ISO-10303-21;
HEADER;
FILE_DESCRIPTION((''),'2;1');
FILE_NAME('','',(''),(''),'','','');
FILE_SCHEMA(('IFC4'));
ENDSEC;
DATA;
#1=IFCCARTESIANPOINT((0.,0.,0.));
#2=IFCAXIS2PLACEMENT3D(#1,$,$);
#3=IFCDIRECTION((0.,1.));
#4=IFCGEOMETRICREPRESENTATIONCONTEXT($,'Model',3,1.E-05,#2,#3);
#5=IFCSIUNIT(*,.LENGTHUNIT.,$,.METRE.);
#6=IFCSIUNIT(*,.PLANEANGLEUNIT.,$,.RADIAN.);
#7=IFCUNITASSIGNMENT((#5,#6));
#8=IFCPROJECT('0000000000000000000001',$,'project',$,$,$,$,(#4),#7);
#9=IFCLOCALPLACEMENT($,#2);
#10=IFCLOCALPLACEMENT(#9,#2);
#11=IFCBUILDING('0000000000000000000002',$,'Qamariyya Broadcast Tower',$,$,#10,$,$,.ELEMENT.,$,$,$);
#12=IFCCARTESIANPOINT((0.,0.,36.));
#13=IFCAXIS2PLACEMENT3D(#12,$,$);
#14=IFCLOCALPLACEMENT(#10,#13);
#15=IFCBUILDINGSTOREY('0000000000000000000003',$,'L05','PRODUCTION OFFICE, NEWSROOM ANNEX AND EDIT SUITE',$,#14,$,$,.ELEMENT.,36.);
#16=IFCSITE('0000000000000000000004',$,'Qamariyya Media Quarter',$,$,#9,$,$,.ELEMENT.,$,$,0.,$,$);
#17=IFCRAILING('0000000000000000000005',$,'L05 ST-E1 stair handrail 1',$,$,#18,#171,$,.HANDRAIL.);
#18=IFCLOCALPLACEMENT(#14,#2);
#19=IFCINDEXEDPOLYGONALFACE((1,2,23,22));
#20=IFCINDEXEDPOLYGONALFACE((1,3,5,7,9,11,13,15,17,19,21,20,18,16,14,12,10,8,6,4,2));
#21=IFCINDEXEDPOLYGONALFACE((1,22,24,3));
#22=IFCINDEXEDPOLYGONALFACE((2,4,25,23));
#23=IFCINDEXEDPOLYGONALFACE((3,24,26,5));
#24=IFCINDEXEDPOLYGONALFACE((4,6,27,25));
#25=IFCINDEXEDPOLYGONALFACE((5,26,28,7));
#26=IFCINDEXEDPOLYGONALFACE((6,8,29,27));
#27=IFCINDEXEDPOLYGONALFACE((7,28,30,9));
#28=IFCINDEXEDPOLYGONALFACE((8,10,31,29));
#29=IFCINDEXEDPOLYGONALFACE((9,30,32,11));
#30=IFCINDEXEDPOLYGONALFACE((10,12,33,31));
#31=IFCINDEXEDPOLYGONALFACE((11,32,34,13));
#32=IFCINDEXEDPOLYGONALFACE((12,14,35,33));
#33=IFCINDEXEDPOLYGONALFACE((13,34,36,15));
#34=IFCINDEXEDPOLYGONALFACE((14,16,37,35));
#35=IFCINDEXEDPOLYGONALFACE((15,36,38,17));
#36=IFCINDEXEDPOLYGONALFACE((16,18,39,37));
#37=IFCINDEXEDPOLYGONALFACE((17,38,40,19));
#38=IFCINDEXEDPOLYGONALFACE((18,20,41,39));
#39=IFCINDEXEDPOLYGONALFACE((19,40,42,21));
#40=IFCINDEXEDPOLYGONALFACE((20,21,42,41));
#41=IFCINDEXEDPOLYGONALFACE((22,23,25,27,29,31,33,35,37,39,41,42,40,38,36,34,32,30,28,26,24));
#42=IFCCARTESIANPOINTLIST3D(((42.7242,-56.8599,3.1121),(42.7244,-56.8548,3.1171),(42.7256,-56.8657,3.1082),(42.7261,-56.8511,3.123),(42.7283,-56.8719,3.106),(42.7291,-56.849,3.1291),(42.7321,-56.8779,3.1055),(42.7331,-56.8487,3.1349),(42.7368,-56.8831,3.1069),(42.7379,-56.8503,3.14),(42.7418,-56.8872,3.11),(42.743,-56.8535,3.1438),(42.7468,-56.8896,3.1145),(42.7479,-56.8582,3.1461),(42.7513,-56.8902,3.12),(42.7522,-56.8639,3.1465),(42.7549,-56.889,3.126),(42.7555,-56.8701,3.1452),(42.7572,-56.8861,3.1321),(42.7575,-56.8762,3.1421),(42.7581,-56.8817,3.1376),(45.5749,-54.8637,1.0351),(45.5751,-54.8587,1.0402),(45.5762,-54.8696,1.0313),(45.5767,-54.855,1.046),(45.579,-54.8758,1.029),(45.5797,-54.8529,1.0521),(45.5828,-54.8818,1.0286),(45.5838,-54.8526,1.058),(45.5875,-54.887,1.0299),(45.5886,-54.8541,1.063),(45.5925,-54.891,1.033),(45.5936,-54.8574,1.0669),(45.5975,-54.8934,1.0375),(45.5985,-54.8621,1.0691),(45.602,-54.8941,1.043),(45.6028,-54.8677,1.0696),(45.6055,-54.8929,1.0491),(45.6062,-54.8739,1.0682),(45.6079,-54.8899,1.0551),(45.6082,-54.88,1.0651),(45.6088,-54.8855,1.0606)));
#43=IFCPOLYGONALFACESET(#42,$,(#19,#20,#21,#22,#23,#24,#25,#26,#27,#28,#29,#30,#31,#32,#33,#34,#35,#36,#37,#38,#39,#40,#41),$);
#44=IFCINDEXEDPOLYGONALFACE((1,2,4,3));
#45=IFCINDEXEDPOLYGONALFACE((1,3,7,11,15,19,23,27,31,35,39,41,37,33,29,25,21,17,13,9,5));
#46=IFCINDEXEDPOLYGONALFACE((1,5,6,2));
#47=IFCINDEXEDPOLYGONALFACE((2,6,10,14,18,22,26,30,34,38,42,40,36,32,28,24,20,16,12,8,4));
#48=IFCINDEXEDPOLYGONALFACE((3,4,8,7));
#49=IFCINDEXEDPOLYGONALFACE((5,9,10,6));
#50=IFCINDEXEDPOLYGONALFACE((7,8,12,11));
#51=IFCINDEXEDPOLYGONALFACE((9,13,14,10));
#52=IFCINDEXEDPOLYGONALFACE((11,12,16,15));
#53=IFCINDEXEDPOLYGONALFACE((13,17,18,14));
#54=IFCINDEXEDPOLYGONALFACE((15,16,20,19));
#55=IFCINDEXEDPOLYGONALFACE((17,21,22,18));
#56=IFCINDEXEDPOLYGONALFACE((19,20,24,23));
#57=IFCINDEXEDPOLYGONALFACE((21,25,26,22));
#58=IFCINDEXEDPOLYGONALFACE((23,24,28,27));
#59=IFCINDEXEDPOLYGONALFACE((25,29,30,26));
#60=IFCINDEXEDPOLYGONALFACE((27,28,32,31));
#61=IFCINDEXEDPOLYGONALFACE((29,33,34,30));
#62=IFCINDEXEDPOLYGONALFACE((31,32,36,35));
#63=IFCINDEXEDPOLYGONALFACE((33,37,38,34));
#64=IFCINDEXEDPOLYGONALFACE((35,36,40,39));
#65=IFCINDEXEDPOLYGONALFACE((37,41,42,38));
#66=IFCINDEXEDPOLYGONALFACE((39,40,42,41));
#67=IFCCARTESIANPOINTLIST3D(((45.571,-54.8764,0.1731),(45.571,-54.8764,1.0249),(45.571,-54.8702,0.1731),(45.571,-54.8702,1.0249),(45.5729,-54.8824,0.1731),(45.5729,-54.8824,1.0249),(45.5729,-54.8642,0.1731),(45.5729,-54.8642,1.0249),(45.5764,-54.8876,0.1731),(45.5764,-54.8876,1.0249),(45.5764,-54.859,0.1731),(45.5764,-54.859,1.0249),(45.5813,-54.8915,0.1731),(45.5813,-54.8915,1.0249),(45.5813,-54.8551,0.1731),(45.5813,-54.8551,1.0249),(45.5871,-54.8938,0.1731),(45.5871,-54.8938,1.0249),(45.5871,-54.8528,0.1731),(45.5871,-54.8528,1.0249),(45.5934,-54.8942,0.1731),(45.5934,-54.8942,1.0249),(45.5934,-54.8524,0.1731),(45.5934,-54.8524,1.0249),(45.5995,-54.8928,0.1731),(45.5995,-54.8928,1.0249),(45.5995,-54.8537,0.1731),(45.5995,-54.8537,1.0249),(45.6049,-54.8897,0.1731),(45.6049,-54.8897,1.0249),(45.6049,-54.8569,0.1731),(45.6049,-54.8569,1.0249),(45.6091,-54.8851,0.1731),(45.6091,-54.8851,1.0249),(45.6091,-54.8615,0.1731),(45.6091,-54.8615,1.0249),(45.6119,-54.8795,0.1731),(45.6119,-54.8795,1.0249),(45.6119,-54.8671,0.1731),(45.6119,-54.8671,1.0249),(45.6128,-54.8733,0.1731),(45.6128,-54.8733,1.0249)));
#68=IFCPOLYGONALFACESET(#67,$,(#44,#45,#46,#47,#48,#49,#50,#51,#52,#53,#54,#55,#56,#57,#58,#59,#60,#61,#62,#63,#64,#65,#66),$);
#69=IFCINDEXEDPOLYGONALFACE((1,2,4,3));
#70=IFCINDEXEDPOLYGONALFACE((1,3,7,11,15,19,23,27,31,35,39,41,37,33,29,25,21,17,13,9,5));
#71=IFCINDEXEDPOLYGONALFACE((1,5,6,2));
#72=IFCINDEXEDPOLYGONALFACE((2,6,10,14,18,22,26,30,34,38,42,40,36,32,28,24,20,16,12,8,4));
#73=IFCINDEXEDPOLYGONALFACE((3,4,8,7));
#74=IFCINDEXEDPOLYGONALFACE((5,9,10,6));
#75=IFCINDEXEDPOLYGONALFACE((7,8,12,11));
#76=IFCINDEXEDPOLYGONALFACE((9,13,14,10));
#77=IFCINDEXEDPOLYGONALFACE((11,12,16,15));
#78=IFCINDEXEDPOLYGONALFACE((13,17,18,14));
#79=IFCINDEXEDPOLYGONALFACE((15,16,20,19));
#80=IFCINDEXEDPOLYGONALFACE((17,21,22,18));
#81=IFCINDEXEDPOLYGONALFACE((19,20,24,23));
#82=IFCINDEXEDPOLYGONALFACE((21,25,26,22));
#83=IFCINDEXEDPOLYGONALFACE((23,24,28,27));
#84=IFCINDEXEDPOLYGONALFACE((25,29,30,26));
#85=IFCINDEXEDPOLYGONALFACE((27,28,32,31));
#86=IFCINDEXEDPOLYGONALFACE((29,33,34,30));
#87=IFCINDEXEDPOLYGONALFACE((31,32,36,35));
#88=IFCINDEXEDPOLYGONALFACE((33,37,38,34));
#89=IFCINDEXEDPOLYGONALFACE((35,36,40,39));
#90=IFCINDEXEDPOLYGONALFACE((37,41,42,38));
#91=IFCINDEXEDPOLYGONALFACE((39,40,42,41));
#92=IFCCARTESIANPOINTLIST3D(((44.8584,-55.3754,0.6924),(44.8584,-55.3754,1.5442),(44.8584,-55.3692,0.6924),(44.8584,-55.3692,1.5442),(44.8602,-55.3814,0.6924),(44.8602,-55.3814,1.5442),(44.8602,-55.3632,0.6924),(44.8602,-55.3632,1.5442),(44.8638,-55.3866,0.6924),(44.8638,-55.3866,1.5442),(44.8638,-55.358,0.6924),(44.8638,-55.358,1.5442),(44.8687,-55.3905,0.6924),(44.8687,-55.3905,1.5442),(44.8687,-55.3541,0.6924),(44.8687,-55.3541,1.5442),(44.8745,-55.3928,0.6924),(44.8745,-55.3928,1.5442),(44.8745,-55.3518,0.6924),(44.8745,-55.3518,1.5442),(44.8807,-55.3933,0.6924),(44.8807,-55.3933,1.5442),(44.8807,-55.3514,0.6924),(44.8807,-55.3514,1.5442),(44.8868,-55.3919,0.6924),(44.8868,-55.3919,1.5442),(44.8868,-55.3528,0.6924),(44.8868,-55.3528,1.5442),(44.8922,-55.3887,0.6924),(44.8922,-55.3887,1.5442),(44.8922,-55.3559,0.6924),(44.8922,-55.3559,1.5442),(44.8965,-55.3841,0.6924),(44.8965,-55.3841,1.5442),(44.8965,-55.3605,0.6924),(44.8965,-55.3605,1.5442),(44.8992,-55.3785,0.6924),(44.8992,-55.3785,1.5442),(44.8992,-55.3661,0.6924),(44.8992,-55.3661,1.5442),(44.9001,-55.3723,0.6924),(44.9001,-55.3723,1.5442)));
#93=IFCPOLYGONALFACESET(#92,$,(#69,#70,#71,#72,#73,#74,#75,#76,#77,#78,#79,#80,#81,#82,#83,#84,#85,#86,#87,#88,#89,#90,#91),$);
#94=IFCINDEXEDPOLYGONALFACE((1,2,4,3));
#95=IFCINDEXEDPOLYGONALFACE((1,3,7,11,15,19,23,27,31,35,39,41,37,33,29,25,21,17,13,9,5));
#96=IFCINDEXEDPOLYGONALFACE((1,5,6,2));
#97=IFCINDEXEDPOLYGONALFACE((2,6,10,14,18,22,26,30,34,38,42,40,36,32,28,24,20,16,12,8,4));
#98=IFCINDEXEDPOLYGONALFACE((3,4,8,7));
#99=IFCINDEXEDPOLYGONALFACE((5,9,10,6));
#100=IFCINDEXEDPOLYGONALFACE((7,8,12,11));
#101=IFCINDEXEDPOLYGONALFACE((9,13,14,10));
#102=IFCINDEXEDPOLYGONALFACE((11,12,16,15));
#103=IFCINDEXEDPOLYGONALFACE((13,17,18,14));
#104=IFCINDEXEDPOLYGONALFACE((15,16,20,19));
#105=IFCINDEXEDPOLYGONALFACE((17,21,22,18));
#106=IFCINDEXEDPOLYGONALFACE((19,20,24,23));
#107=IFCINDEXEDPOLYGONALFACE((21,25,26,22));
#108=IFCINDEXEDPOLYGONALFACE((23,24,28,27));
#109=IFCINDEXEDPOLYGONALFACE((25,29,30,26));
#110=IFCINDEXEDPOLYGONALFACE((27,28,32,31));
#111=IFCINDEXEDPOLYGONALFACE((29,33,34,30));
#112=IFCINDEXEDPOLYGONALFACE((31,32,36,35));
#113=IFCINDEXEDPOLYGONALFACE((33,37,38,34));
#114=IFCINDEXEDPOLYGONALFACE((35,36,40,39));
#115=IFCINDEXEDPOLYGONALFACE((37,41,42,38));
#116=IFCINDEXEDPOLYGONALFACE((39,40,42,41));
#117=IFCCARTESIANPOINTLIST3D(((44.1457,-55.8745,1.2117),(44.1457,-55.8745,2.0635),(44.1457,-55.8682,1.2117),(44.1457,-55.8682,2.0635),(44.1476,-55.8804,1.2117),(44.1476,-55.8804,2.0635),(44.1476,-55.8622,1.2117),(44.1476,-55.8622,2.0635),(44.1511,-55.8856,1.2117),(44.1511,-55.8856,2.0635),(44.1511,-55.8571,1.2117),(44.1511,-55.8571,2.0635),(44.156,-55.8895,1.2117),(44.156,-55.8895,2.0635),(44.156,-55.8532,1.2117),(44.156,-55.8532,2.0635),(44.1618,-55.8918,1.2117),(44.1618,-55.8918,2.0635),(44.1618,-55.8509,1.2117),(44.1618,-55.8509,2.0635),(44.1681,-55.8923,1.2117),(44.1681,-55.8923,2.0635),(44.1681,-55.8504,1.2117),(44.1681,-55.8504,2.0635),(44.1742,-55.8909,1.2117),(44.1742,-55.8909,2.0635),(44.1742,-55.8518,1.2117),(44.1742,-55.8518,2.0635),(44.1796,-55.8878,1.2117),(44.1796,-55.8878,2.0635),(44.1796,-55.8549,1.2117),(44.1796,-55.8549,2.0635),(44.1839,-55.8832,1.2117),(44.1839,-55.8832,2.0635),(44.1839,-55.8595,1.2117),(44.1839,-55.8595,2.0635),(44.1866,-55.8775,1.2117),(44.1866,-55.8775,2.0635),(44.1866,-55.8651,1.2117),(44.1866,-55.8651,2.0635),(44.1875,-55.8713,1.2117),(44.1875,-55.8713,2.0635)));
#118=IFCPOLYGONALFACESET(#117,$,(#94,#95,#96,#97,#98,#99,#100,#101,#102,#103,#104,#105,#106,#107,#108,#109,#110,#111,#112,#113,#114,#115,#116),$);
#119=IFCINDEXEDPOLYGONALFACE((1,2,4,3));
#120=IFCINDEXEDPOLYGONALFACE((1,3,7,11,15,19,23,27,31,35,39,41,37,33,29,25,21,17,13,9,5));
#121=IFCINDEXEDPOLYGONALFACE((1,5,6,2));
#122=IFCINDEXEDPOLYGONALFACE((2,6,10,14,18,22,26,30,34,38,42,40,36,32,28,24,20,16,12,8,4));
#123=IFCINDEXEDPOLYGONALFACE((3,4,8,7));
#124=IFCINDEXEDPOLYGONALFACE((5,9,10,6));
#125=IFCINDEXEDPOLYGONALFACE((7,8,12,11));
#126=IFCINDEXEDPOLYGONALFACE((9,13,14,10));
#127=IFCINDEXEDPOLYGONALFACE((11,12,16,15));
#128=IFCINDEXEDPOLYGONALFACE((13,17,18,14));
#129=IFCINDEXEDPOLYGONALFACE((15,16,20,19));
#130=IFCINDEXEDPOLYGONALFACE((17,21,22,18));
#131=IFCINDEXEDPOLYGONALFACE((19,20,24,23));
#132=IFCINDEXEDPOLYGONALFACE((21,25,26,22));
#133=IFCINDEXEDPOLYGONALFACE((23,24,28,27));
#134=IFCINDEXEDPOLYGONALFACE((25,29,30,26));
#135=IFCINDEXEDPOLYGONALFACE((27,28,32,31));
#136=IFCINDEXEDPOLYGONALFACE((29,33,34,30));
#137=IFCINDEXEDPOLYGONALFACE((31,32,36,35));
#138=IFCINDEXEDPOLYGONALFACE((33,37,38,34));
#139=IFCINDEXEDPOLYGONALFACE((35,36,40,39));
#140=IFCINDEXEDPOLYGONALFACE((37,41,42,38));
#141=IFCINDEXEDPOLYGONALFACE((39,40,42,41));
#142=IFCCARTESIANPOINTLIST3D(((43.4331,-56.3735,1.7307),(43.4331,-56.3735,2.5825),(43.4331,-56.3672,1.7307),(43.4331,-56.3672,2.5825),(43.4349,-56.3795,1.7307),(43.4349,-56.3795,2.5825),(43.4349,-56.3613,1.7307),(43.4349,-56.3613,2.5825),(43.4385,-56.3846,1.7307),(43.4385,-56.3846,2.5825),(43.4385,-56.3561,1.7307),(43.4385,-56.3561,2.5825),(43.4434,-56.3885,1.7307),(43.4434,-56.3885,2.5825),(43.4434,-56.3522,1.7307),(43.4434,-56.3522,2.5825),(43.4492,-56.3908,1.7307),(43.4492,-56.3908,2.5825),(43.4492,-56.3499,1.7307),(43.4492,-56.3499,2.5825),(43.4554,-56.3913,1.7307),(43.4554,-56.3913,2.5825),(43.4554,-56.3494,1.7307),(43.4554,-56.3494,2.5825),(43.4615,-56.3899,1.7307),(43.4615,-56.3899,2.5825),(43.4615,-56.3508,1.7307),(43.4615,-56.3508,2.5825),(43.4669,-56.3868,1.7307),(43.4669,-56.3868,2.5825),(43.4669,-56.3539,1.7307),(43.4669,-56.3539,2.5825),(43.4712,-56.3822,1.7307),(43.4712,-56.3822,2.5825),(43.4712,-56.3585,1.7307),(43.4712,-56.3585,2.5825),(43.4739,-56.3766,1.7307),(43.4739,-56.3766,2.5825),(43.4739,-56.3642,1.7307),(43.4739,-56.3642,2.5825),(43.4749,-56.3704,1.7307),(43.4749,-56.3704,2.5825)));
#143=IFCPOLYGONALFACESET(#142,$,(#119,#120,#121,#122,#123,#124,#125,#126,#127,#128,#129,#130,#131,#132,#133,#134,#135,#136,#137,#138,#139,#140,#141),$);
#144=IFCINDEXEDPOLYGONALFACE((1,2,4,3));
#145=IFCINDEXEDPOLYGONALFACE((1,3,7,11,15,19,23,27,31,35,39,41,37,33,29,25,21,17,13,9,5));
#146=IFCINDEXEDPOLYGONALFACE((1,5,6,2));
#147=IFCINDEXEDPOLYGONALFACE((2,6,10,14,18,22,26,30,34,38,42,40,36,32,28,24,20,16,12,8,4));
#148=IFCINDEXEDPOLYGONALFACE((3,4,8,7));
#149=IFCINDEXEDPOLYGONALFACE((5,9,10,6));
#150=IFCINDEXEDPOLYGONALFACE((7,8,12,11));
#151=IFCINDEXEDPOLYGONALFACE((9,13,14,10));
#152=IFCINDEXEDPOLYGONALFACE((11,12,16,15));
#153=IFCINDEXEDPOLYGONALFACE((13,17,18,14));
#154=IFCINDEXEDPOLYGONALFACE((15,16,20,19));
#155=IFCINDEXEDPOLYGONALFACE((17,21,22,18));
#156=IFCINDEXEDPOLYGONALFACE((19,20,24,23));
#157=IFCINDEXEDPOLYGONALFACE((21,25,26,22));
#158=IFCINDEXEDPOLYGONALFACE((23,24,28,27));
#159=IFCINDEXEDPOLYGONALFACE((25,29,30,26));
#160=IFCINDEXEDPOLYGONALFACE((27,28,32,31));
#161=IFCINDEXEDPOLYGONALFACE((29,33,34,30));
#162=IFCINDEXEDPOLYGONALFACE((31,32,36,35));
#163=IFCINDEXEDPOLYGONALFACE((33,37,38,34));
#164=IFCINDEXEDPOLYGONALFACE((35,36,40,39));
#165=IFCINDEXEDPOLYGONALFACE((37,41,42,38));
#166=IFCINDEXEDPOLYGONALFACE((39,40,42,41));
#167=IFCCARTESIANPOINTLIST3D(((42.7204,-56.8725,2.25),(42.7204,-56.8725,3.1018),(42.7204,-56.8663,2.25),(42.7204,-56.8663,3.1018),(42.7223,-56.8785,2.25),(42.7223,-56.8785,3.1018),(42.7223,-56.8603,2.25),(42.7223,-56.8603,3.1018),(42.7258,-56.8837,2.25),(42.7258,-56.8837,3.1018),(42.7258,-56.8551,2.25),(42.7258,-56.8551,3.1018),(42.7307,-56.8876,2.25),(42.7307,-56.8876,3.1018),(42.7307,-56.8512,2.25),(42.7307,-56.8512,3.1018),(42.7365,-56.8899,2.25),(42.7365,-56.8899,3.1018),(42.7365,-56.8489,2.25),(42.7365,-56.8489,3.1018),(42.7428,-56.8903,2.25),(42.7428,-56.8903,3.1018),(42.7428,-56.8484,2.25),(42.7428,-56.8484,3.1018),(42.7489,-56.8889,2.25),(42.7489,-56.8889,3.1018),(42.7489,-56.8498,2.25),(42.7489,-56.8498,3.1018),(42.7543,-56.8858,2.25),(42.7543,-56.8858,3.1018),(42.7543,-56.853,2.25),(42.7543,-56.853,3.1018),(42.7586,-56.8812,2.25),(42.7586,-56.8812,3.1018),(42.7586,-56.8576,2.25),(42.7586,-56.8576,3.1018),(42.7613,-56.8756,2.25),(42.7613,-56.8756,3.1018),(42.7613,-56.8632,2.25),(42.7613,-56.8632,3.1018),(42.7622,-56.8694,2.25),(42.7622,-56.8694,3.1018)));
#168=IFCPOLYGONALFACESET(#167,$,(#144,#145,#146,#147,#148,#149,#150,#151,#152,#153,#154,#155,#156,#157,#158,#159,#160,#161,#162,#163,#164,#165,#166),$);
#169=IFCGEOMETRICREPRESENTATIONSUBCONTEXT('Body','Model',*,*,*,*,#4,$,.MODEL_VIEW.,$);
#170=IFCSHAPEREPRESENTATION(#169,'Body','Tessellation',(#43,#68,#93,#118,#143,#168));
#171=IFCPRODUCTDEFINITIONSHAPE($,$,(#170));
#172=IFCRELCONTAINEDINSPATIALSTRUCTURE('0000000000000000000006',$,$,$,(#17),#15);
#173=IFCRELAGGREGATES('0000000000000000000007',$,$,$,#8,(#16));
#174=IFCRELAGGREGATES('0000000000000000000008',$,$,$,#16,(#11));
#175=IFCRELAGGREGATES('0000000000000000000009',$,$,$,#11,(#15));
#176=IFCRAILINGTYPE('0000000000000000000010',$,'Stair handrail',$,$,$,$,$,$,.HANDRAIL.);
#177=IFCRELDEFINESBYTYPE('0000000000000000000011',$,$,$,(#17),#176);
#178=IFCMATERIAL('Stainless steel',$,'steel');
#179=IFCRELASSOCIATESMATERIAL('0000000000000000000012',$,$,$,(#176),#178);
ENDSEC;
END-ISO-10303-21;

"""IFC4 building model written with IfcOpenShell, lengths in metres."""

from ifc_helpers import new_model, si_unit, direction, frame, origin, origin_2d, place, context, subcontext, project, spatial, circle, extrude, material, type_object, element, save


model = new_model("IFC4")

# Units and contexts
model_context = context("Model", 3, precision=1e-05, world=origin(), true_north=direction((0.0, 1.0)))
body_context = subcontext(model_context, "Body", "Model", "MODEL_VIEW")
ifc_project = project(units=[si_unit("LENGTHUNIT", "METRE"), si_unit("PLANEANGLEUNIT", "RADIAN")], contexts=[model_context])

# Site, building, storey
site_placement = place(None, origin())
site = spatial("IfcSite", under=ifc_project, at=site_placement, Name="Qamariyya Media Quarter", CompositionType="ELEMENT", RefElevation=0.0)
building_placement = place(site_placement, origin())
building = spatial("IfcBuilding", under=site, at=building_placement, Name="Qamariyya Broadcast Tower", CompositionType="ELEMENT")
storey_placement = place(building_placement, frame((0.0, 0.0, 36.0)))
storey = spatial("IfcBuildingStorey", under=building, at=storey_placement, Name="L05", Description="PRODUCTION OFFICE, NEWSROOM ANNEX AND EDIT SUITE", CompositionType="ELEMENT", Elevation=36.0)

# Railing
ifc_material_1 = material(Name="Stainless steel", Category="steel")
railing_type_1 = type_object("IfcRailingType", Name="Stair handrail", PredefinedType="HANDRAIL", material=ifc_material_1)
railing_1_placement = place(storey_placement, frame((45.5918, -54.8733, 0.1731)))
element("IfcRailing", 1, at=railing_1_placement, inside=storey, type_object=railing_type_1, Name="L05 ST-E1 stair handrail 1", PredefinedType="HANDRAIL", context=body_context, shape_type="SweptSolid", body=[
    extrude(circle(Radius=0.0239, at=origin_2d()), frame((0.0, 0.0, 0.876), z_axis=(-0.703393, -0.492544, 0.512484), x_axis=(0.573594, -0.81914, 0.0)), (0.0, 0.0, 1.0), 4.0527),
    extrude(circle(Radius=0.021, at=origin_2d()), origin(), (0.0, 0.0, 1.0), 0.8518),
    extrude(circle(Radius=0.021, at=origin_2d()), frame((-0.7126, -0.499, 0.5193)), (0.0, 0.0, 1.0), 0.8518),
    extrude(circle(Radius=0.021, at=origin_2d()), frame((-1.4253, -0.998, 1.0386)), (0.0, 0.0, 1.0), 0.8518),
    extrude(circle(Radius=0.021, at=origin_2d()), frame((-2.1379, -1.4971, 1.5576)), (0.0, 0.0, 1.0), 0.8518),
    extrude(circle(Radius=0.021, at=origin_2d()), frame((-2.8506, -1.9961, 2.0769)), (0.0, 0.0, 1.0), 0.8518),
])

save(model, "model.ifc")
